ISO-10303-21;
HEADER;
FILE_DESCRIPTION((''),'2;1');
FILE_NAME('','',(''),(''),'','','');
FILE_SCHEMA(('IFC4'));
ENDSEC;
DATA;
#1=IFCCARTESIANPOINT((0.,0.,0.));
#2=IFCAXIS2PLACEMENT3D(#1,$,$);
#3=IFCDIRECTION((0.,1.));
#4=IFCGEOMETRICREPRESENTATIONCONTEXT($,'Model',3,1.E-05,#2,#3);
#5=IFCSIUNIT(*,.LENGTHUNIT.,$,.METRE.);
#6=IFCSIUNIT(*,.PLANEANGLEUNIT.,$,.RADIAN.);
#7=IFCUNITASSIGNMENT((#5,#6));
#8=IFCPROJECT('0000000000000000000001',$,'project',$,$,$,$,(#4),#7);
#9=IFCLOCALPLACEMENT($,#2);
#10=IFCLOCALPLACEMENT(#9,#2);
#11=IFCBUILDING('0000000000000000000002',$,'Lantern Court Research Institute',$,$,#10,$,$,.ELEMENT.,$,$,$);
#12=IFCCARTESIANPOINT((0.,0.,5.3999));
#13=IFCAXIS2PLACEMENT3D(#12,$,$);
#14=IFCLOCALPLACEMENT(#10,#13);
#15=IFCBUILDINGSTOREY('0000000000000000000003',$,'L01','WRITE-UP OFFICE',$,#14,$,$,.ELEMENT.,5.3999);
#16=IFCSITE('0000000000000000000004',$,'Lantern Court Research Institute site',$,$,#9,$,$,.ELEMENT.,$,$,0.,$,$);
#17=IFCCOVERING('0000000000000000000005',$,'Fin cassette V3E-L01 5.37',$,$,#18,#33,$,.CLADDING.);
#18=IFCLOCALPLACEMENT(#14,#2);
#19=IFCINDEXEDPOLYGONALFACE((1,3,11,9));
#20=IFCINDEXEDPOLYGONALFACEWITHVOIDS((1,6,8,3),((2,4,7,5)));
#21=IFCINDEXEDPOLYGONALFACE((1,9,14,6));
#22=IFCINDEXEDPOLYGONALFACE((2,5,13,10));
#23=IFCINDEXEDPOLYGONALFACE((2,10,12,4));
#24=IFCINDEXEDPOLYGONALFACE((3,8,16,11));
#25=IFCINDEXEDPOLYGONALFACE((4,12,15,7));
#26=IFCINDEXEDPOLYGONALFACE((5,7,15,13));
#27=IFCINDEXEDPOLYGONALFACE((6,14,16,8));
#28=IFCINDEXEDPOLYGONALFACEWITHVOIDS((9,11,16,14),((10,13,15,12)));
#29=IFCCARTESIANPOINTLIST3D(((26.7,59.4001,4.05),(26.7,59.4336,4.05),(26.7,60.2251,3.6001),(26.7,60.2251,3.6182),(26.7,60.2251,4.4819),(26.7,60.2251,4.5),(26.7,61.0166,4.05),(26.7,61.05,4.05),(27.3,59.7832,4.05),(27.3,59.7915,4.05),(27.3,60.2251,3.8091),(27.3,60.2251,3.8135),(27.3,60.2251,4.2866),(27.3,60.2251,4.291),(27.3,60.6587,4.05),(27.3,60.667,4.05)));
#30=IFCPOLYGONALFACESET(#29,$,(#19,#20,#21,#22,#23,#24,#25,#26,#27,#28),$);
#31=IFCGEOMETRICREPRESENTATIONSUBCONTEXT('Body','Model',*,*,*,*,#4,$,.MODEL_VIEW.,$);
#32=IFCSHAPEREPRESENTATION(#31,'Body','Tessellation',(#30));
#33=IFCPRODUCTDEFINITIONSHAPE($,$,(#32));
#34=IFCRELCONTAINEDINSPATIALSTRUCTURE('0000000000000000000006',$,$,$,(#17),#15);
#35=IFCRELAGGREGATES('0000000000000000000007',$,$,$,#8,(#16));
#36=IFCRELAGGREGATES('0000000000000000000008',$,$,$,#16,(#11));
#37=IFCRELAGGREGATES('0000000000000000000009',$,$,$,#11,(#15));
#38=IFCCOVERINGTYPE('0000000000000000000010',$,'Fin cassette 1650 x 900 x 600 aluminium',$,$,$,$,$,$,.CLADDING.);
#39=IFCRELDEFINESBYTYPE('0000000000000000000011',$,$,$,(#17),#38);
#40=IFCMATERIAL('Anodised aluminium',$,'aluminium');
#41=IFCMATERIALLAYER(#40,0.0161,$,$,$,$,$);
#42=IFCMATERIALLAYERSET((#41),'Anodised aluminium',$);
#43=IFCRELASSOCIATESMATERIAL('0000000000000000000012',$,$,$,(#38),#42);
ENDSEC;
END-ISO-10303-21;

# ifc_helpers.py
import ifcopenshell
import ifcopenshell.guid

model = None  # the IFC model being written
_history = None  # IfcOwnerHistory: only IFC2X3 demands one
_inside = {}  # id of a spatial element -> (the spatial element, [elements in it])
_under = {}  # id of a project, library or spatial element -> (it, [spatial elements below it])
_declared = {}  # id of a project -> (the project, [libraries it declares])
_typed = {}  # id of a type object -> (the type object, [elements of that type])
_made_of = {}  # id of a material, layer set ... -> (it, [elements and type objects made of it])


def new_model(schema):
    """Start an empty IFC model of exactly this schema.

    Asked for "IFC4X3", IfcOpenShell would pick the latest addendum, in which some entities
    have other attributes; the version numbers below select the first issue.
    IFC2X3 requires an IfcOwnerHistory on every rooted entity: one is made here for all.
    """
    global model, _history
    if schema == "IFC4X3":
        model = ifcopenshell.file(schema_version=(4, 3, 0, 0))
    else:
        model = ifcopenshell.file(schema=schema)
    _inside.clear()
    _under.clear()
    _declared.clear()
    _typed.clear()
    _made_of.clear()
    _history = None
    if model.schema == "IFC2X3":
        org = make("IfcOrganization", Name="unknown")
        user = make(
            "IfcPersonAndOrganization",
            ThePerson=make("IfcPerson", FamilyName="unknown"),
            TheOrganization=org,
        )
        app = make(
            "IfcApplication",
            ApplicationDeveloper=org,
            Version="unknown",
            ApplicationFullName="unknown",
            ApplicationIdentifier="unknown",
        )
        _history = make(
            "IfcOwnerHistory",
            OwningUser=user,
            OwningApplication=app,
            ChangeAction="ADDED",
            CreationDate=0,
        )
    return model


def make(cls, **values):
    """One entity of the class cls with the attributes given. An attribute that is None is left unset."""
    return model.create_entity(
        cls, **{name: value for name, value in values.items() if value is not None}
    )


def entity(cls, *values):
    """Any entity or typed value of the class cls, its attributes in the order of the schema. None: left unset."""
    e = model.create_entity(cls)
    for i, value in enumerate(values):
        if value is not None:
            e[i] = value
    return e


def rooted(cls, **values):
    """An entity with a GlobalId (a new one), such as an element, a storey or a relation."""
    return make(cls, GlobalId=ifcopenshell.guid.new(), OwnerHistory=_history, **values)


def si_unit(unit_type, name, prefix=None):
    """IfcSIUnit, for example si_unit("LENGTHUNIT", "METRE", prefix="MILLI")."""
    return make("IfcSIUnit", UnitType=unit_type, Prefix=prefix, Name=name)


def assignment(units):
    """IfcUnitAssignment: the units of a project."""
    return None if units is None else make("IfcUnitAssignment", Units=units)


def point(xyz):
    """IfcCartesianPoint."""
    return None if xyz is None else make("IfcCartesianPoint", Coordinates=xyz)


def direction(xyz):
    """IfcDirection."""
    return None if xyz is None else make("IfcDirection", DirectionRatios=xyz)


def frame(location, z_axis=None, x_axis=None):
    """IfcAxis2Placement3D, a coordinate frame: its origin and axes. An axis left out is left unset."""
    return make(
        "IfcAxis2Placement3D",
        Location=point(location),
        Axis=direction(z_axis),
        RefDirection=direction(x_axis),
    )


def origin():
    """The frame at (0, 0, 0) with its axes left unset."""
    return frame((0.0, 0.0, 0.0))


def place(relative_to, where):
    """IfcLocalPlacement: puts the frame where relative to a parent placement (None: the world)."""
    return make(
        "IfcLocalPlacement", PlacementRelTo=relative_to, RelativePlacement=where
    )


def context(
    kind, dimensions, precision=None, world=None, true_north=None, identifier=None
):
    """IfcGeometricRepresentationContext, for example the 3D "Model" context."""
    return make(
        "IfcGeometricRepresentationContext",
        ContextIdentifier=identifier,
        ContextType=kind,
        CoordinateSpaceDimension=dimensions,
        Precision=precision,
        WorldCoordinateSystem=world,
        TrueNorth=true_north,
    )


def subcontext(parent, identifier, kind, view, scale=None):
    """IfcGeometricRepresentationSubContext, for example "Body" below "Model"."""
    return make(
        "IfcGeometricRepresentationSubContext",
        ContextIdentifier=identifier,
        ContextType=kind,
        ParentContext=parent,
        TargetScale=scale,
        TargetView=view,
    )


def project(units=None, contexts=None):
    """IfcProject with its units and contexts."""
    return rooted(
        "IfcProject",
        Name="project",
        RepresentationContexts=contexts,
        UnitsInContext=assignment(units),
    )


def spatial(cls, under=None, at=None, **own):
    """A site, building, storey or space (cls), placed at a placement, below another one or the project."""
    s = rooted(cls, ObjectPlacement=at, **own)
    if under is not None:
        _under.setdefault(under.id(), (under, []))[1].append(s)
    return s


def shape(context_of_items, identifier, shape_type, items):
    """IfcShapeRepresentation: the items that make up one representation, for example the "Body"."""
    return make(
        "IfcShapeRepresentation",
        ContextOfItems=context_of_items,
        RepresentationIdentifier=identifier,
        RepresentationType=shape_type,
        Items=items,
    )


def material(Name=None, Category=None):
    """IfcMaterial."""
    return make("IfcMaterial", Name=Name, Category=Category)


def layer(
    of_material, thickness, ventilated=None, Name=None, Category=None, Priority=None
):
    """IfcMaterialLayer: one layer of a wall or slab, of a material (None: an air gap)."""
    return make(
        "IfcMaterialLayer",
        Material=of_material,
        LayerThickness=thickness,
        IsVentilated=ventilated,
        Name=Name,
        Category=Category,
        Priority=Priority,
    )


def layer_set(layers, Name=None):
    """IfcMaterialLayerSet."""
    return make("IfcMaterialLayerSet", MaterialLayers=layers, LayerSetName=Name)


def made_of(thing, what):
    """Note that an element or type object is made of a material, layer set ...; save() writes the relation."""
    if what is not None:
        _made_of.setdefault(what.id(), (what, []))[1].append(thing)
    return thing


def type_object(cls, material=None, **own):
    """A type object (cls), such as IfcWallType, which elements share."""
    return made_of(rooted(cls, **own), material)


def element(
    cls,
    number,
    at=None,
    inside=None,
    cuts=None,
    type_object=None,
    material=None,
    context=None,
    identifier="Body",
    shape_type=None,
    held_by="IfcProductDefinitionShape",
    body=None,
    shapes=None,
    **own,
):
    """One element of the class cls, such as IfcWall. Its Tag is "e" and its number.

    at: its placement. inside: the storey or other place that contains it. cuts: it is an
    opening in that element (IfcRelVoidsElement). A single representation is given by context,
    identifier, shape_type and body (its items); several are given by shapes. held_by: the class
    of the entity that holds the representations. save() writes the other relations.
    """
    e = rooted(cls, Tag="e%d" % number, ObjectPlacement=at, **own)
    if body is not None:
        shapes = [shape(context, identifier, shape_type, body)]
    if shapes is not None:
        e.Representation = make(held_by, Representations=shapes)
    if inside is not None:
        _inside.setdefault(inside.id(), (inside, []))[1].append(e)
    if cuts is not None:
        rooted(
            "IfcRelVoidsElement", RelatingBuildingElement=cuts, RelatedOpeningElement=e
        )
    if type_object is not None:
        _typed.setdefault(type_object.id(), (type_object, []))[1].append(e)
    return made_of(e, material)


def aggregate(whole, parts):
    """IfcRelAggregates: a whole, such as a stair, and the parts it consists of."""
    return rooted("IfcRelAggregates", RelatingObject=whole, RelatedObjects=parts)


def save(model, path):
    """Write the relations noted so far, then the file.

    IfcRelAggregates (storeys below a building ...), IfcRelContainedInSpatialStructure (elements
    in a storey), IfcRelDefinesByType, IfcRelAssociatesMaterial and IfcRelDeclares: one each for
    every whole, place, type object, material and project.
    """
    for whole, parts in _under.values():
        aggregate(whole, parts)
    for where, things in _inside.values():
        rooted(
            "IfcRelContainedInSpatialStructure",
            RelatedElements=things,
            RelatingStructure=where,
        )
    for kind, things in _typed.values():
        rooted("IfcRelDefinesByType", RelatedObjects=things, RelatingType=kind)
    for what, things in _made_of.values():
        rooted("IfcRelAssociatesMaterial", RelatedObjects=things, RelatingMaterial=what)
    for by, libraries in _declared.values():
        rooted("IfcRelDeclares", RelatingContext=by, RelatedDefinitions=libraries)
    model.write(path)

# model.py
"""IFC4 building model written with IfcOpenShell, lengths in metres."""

from ifc_helpers import new_model, entity, si_unit, direction, frame, origin, place, context, subcontext, project, spatial, material, layer, layer_set, type_object, element, save


model = new_model("IFC4")

# Units and contexts
model_context = context("Model", 3, precision=1e-05, world=origin(), true_north=direction((0.0, 1.0)))
body_context = subcontext(model_context, "Body", "Model", "MODEL_VIEW")
ifc_project = project(units=[si_unit("LENGTHUNIT", "METRE"), si_unit("PLANEANGLEUNIT", "RADIAN")], contexts=[model_context])

# Site, building, storey
site_placement = place(None, origin())
site = spatial("IfcSite", under=ifc_project, at=site_placement, Name="Lantern Court Research Institute site", CompositionType="ELEMENT", RefElevation=0.0)
building_placement = place(site_placement, origin())
building = spatial("IfcBuilding", under=site, at=building_placement, Name="Lantern Court Research Institute", CompositionType="ELEMENT")
storey_placement = place(building_placement, frame((0.0, 0.0, 5.3999)))
storey = spatial("IfcBuildingStorey", under=building, at=storey_placement, Name="L01", Description="WRITE-UP OFFICE", CompositionType="ELEMENT", Elevation=5.3999)

# Covering
ifc_material_1 = material(Name="Anodised aluminium", Category="aluminium")
ifc_layer_1 = layer(ifc_material_1, 0.0161)
ifc_layer_set_1 = layer_set([ifc_layer_1], Name="Anodised aluminium")
covering_type_1 = type_object("IfcCoveringType", Name="Fin cassette 1650 x 900 x 600 aluminium", PredefinedType="CLADDING", material=ifc_layer_set_1)
covering_1_placement = place(storey_placement, frame((26.7, 60.2251, 4.05), z_axis=(1.0, 0.0, 0.0), x_axis=(0.0, 1.0, 0.0)))
cartesian_point_1 = entity("IfcCartesianPoint", [0.825, 0.0])
cartesian_point_2 = entity("IfcCartesianPoint", [0.7915, 0.0])
cartesian_point_3 = entity("IfcCartesianPoint", [0.4419, 0.0])
cartesian_point_4 = entity("IfcCartesianPoint", [0.4336, 0.0])
element("IfcCovering", 1, at=covering_1_placement, inside=storey, type_object=covering_type_1, Name="Fin cassette V3E-L01 5.37", PredefinedType="CLADDING", context=body_context, shape_type="SweptSolid", body=[
    entity("IfcExtrudedAreaSolidTapered", entity("IfcArbitraryProfileDefWithVoids", "AREA", None, entity("IfcPolyline", [cartesian_point_1, entity("IfcCartesianPoint", [0.0, 0.45]), entity("IfcCartesianPoint", [-0.825, 0.0]), entity("IfcCartesianPoint", [0.0, -0.45]), cartesian_point_1]), [entity("IfcPolyline", [cartesian_point_2, entity("IfcCartesianPoint", [0.0, 0.4319]), entity("IfcCartesianPoint", [-0.7915, 0.0]), entity("IfcCartesianPoint", [0.0, -0.4319]), cartesian_point_2])]), entity("IfcAxis2Placement3D", entity("IfcCartesianPoint", [0.0, 0.0, 0.0])), entity("IfcDirection", [0.0, 0.0, 1.0]), 0.6001, entity("IfcArbitraryProfileDefWithVoids", "AREA", None, entity("IfcPolyline", [cartesian_point_3, entity("IfcCartesianPoint", [0.0, 0.241]), entity("IfcCartesianPoint", [-0.4419, 0.0]), entity("IfcCartesianPoint", [0.0, -0.241]), cartesian_point_3]), [entity("IfcPolyline", [cartesian_point_4, entity("IfcCartesianPoint", [0.0, 0.2366]), entity("IfcCartesianPoint", [-0.4336, 0.0]), entity("IfcCartesianPoint", [0.0, -0.2366]), cartesian_point_4])])),
])

save(model, "model.ifc")
